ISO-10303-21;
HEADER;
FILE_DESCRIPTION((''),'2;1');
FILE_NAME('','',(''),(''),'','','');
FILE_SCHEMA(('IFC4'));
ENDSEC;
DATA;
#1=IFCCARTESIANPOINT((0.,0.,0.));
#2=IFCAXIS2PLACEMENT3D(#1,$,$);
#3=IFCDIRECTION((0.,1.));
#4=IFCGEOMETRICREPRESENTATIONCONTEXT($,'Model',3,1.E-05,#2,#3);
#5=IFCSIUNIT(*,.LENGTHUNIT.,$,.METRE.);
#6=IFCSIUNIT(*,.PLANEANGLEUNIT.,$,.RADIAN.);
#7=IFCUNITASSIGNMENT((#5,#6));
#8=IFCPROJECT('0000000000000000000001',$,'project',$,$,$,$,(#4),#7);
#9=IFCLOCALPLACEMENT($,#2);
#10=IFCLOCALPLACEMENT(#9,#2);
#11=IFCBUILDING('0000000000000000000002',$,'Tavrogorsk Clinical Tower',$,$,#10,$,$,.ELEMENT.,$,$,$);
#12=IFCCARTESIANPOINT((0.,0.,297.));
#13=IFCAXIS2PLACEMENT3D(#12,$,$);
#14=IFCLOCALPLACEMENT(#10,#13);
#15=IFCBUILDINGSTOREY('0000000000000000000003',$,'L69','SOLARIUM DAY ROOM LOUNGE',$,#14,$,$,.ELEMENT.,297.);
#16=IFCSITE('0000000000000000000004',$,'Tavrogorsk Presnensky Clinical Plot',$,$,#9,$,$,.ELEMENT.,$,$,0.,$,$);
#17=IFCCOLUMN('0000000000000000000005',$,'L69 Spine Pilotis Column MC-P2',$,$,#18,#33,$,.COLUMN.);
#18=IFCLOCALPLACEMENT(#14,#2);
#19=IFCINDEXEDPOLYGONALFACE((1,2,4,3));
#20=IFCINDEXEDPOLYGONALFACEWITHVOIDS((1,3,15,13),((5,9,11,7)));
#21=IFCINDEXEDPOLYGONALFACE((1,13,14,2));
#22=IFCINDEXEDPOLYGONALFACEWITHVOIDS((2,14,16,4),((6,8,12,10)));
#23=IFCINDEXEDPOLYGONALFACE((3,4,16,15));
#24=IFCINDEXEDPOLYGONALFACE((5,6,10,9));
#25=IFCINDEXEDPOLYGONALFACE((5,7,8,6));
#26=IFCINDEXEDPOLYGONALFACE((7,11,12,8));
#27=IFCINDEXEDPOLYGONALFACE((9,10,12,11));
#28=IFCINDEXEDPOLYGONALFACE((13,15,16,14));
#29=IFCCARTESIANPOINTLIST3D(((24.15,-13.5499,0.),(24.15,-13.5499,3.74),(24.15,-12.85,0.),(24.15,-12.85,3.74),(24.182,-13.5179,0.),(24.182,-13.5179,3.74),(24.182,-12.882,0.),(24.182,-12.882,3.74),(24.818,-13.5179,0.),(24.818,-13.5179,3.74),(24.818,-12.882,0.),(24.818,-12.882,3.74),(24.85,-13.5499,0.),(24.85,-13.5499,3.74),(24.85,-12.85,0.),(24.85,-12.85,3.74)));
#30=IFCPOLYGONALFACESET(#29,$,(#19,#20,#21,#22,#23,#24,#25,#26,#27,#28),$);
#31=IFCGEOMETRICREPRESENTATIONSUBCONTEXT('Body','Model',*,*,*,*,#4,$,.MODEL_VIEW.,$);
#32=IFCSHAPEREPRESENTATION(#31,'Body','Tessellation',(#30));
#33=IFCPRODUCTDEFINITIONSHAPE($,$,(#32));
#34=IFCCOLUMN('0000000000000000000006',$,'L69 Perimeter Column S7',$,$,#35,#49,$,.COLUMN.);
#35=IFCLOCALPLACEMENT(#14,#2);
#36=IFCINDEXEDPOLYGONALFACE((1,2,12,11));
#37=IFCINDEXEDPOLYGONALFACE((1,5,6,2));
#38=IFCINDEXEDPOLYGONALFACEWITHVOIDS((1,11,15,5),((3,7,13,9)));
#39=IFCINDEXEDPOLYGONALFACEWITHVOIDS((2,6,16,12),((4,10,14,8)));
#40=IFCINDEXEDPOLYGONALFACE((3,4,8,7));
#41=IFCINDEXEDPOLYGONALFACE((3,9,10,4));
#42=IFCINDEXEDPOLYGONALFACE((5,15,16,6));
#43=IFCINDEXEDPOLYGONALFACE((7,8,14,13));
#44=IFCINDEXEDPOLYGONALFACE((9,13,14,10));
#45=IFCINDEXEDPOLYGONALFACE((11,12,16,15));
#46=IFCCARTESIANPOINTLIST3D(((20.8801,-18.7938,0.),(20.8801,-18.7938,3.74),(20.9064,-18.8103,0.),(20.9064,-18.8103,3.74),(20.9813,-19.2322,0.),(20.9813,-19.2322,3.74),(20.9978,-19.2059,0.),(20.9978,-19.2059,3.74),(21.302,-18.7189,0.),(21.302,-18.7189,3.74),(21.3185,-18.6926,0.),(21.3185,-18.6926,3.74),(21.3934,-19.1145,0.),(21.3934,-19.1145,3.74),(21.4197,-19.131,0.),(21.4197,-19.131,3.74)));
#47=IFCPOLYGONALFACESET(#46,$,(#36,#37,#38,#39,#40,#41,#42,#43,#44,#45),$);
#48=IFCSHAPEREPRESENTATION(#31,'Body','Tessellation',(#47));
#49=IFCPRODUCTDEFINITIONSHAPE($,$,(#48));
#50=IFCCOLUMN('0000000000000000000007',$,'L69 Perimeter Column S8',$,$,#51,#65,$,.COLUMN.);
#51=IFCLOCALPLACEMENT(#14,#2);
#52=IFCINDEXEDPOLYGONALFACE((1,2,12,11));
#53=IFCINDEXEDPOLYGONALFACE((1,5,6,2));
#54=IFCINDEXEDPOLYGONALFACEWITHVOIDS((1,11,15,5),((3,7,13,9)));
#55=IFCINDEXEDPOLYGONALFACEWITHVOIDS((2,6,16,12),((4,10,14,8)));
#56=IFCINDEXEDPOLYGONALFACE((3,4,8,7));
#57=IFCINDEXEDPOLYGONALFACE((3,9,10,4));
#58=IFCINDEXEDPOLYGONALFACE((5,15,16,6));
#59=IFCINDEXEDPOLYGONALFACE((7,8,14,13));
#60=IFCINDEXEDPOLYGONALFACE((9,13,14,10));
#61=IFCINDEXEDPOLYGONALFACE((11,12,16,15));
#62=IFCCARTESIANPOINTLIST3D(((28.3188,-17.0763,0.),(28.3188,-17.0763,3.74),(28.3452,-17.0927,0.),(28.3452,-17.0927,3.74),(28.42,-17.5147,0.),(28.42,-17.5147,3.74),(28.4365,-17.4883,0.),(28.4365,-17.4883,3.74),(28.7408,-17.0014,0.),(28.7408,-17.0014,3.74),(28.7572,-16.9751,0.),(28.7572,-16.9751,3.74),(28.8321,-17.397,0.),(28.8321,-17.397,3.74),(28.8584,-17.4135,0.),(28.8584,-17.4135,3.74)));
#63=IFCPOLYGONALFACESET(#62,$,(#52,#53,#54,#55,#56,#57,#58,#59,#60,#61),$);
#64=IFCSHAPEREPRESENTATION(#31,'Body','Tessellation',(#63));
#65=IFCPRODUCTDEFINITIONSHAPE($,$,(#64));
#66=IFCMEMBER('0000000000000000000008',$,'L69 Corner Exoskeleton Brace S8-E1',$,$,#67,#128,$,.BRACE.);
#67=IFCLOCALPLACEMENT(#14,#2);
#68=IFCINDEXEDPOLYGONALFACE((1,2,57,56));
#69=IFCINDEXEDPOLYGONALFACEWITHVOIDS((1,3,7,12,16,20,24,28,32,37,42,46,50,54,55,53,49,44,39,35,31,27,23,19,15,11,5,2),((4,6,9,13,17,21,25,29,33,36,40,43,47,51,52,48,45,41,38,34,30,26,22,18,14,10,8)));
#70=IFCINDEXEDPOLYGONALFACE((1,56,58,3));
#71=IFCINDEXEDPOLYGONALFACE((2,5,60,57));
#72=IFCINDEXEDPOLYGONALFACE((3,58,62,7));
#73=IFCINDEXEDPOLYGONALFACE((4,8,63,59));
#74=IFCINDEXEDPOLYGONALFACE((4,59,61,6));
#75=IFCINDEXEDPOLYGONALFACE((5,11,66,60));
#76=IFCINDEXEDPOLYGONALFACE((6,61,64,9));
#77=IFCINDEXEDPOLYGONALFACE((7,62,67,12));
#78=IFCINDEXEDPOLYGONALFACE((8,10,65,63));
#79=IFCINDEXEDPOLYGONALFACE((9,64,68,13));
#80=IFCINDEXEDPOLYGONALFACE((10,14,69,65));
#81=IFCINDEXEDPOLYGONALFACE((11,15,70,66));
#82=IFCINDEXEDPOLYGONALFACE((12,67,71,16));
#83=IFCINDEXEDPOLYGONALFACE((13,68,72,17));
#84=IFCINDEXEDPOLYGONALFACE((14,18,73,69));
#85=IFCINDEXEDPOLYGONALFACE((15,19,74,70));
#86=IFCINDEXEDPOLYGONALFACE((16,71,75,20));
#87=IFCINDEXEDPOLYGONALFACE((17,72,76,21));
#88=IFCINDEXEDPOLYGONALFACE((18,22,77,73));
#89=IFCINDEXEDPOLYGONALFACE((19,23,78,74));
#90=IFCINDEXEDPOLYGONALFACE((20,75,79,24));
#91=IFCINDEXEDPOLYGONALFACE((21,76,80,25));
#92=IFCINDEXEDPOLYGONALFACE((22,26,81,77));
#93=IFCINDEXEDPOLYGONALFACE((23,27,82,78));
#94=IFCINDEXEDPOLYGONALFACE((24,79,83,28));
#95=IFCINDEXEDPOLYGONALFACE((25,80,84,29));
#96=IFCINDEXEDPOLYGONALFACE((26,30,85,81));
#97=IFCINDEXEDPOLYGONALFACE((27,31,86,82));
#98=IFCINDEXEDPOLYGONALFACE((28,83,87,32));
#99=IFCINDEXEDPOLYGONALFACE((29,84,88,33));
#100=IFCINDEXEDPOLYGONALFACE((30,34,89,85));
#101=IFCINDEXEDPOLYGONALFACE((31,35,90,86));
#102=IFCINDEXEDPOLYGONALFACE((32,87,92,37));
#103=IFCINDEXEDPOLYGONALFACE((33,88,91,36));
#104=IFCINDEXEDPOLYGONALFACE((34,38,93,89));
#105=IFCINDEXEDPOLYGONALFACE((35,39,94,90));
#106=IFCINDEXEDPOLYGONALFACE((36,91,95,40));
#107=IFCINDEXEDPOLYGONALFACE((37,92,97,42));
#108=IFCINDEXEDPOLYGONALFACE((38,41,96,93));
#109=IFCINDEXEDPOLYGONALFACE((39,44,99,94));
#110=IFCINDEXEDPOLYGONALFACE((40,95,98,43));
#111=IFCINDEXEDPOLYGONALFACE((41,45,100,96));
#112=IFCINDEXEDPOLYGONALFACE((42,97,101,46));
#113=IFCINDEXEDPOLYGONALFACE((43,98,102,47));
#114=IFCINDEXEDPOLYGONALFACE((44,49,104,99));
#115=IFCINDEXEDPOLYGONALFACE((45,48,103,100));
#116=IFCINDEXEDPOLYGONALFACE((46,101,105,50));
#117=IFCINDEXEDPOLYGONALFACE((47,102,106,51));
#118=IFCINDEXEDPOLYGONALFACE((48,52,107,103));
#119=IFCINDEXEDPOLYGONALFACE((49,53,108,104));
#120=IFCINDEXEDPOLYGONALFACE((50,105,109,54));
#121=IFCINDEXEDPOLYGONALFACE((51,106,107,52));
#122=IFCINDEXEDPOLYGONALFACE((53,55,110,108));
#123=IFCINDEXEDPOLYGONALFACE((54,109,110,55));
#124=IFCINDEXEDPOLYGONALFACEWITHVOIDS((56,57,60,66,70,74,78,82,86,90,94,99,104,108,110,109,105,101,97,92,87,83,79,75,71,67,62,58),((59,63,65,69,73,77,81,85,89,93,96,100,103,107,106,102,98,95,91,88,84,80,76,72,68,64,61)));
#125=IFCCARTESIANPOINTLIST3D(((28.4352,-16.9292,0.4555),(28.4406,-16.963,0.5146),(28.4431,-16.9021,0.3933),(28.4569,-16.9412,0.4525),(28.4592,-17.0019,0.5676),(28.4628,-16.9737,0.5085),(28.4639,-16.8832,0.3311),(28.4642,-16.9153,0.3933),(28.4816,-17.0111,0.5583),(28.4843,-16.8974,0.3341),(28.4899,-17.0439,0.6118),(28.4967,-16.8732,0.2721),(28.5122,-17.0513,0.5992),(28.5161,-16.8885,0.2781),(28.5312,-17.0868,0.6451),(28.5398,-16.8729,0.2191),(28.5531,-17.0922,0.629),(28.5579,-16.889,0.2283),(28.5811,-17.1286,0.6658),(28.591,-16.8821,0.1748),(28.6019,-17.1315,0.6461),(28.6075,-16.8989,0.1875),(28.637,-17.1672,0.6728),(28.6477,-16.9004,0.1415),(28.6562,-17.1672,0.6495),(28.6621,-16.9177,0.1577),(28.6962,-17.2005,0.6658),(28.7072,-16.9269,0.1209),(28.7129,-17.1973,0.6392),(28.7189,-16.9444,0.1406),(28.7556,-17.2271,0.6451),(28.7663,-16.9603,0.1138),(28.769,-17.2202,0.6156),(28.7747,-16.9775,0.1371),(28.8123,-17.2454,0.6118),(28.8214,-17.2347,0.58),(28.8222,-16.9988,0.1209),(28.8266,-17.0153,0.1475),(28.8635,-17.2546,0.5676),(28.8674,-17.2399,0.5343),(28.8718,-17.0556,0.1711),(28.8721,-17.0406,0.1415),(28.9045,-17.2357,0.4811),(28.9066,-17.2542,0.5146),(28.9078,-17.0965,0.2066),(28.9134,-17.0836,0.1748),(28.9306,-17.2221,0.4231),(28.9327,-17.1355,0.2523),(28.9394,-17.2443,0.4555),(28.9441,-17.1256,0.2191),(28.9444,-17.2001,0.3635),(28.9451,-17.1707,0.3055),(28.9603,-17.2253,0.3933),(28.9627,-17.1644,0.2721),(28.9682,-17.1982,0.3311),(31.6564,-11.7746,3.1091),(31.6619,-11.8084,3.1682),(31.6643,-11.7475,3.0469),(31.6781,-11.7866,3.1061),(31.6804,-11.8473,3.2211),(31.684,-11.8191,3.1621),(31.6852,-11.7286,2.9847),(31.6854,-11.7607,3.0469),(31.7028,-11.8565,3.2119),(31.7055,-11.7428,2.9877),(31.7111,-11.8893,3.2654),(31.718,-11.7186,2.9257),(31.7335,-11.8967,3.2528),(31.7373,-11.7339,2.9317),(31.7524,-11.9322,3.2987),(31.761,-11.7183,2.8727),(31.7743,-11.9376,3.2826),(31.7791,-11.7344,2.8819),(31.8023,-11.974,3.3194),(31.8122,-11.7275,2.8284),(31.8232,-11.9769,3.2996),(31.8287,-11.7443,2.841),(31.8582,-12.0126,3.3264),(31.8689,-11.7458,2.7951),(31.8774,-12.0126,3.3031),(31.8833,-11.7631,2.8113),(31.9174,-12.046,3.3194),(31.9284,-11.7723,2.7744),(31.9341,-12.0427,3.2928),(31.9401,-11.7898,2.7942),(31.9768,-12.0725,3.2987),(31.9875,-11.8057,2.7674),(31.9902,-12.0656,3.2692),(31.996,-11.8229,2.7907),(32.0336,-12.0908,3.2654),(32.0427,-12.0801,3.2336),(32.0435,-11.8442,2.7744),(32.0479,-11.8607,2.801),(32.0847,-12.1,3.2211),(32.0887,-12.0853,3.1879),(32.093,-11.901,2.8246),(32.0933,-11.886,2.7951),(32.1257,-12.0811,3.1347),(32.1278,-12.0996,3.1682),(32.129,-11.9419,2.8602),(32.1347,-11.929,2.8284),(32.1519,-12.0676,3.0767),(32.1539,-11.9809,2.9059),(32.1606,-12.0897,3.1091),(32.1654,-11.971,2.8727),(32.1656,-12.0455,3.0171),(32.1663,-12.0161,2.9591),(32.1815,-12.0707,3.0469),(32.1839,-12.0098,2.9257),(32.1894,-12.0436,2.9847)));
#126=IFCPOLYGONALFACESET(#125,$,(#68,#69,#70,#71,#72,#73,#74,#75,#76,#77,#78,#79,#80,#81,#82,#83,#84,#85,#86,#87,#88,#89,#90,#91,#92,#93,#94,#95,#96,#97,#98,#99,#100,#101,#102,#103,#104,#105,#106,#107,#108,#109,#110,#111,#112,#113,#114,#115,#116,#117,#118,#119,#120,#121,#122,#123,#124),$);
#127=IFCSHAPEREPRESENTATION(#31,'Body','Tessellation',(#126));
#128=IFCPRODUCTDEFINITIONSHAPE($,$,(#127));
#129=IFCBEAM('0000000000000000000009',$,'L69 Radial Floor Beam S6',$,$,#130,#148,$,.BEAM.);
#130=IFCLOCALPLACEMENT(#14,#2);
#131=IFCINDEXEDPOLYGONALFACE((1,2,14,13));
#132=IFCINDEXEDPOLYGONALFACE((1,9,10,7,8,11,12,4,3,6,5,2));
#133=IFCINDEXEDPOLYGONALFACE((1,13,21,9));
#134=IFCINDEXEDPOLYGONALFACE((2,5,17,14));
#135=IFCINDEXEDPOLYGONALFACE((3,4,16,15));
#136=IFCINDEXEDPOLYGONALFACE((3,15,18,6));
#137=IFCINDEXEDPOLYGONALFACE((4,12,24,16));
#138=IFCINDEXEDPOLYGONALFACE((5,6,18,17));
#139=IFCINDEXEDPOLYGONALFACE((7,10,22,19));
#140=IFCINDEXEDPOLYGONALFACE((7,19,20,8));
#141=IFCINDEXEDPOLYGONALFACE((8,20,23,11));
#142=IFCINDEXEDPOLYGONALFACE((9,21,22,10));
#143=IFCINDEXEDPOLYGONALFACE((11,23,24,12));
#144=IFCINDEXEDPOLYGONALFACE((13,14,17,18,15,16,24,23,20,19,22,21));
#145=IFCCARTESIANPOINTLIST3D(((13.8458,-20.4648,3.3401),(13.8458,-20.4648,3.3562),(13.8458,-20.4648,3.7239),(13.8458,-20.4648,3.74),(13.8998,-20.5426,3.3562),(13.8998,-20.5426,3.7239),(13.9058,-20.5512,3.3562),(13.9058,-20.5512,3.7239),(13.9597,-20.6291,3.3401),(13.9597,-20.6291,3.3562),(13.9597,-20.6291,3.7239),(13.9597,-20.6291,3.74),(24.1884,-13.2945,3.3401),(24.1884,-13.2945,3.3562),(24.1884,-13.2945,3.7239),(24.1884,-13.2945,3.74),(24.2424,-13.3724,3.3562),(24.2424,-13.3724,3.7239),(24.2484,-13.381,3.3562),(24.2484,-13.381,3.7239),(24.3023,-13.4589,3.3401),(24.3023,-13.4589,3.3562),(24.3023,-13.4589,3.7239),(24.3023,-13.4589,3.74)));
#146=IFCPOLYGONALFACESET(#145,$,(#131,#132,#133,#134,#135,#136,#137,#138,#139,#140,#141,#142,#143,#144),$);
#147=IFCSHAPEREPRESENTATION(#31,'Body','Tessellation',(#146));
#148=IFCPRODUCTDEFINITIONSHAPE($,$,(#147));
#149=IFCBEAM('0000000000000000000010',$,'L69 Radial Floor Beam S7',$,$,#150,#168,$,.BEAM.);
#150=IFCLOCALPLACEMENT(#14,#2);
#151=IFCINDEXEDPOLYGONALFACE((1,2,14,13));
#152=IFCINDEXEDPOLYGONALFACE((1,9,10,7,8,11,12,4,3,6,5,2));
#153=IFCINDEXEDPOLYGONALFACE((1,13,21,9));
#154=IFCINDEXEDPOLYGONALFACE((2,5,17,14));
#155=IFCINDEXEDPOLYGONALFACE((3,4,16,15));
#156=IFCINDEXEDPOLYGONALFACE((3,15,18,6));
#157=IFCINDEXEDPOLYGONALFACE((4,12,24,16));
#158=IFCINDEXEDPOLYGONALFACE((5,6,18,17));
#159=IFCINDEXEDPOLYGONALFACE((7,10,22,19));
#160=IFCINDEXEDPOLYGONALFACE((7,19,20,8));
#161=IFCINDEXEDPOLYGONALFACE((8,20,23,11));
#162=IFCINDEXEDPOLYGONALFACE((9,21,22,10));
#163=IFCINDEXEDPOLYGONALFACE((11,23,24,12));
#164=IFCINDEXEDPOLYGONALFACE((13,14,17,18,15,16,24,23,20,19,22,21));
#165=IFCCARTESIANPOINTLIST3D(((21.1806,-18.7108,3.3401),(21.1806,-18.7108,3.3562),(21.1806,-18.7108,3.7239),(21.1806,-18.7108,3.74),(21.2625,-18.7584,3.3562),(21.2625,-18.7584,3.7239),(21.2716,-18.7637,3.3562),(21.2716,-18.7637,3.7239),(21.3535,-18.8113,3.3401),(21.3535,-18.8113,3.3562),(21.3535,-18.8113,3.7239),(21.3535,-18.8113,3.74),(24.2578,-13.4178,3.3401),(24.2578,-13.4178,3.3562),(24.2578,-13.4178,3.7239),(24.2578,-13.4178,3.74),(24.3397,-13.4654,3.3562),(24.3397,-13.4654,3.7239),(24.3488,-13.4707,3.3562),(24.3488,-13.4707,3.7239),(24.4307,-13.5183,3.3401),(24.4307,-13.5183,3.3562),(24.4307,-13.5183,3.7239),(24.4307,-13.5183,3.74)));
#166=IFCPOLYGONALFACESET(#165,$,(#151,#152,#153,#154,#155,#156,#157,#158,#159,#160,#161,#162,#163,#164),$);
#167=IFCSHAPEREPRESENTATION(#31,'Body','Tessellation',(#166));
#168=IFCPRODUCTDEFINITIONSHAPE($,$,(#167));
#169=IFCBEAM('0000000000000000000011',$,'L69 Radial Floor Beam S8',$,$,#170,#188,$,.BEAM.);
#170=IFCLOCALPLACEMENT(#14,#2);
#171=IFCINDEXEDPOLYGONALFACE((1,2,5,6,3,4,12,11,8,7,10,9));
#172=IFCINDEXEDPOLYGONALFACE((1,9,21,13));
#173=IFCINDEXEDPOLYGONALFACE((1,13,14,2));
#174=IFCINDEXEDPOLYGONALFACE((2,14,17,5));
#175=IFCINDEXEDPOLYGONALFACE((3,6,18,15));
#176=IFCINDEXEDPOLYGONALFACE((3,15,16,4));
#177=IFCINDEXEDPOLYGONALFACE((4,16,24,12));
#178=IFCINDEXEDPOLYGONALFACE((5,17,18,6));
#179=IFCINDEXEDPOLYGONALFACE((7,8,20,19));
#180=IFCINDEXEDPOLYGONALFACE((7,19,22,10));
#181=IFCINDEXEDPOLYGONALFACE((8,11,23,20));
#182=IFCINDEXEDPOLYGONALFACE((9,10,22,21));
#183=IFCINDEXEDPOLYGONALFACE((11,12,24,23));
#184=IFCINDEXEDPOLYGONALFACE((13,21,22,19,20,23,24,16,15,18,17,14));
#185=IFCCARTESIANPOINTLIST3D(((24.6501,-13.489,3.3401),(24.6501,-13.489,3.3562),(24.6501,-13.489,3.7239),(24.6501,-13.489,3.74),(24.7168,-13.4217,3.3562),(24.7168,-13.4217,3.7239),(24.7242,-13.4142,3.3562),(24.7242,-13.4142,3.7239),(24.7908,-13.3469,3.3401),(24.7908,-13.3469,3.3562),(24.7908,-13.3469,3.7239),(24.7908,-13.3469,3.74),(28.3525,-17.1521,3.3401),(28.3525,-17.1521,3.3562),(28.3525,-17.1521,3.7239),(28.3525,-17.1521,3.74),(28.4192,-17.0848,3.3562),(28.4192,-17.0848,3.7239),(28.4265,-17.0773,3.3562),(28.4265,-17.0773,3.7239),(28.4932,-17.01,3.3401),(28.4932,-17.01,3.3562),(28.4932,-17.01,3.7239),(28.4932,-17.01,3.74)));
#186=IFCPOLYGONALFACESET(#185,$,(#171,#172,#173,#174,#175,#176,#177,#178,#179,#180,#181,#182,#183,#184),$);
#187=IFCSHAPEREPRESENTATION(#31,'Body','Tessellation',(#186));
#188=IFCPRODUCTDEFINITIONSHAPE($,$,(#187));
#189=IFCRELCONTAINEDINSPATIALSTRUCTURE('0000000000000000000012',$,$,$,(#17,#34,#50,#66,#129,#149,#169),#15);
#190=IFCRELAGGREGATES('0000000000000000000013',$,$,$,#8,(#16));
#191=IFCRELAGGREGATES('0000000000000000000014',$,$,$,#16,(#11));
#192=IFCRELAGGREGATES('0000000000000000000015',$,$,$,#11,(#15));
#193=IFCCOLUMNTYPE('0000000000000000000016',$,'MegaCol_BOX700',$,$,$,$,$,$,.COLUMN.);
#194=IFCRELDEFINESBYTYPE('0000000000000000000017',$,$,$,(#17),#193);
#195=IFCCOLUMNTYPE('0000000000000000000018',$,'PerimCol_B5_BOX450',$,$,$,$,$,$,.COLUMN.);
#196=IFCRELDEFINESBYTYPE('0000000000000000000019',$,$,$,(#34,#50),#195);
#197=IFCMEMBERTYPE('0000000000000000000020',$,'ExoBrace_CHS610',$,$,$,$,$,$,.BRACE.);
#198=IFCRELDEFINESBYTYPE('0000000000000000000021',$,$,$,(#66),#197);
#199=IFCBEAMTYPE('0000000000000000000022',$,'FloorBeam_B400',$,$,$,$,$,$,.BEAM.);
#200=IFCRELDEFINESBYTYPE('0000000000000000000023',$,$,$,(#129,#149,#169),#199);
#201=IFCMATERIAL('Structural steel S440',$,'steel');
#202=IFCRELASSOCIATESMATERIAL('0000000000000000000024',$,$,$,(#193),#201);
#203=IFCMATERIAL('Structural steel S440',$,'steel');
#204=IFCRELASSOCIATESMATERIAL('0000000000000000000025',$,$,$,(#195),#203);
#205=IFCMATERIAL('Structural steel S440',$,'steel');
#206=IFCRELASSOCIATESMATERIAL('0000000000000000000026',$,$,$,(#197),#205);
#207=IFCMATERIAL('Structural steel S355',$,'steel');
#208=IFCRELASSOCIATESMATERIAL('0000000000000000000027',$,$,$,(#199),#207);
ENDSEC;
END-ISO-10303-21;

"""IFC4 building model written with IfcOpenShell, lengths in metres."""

from ifc_helpers import new_model, si_unit, direction, frame, origin, origin_2d, place, context, subcontext, project, spatial, hollow_rectangle, hollow_circle, i_section, extrude, material, material_profile, profile_set, type_object, element, save


model = new_model("IFC4")

# Units and contexts
model_context = context("Model", 3, precision=1e-05, world=origin(), true_north=direction((0.0, 1.0)))
body_context = subcontext(model_context, "Body", "Model", "MODEL_VIEW")
ifc_project = project(units=[si_unit("LENGTHUNIT", "METRE"), si_unit("PLANEANGLEUNIT", "RADIAN")], contexts=[model_context])

# Site, building, storey
site_placement = place(None, origin())
site = spatial("IfcSite", under=ifc_project, at=site_placement, Name="Tavrogorsk Presnensky Clinical Plot", CompositionType="ELEMENT", RefElevation=0.0)
building_placement = place(site_placement, origin())
building = spatial("IfcBuilding", under=site, at=building_placement, Name="Tavrogorsk Clinical Tower", CompositionType="ELEMENT")
storey_placement = place(building_placement, frame((0.0, 0.0, 297.0)))
storey = spatial("IfcBuildingStorey", under=building, at=storey_placement, Name="L69", Description="SOLARIUM DAY ROOM LOUNGE", CompositionType="ELEMENT", Elevation=297.0)

# Columns
ifc_material_1 = material(Name="Structural steel S440", Category="steel")
ifc_material_profile_1 = material_profile(ifc_material_1, hollow_rectangle(XDim=0.7, YDim=0.7, WallThickness=0.032, at=origin_2d()), Name="BOX-700x700x32")
ifc_profile_set_1 = profile_set([ifc_material_profile_1], Name="Structural steel S440")
column_type_1 = type_object("IfcColumnType", Name="MegaCol_BOX700", PredefinedType="COLUMN", material=ifc_profile_set_1)
column_placement = place(storey_placement, frame((24.5, -13.2, 0.0), z_axis=(0.0, 0.0, 1.0), x_axis=(1.0, 0.0, 0.0)))
element("IfcColumn", 1, at=column_placement, inside=storey, type_object=column_type_1, Name="L69 Spine Pilotis Column MC-P2", PredefinedType="COLUMN", context=body_context, shape_type="SweptSolid", body=[
    extrude(hollow_rectangle(XDim=0.7, YDim=0.7, WallThickness=0.032, at=origin_2d()), origin(), (0.0, 0.0, 1.0), 3.74),
])
ifc_material_2 = material(Name="Structural steel S440", Category="steel")
ifc_material_profile_2 = material_profile(ifc_material_2, hollow_rectangle(XDim=0.45, YDim=0.45, WallThickness=0.022, at=origin_2d()), Name="BOX-450x450x22")
ifc_profile_set_2 = profile_set([ifc_material_profile_2], Name="Structural steel S440")
column_type_2 = type_object("IfcColumnType", Name="PerimCol_B5_BOX450", PredefinedType="COLUMN", material=ifc_profile_set_2)
for number, where, z_axis, x_axis, name in (
    (2, (21.1499, -18.9624, 0.0), (0.0, 0.0, 1.0), (0.97437, 0.224951, 0.0), "L69 Perimeter Column S7"),
    (3, (28.5886, -17.2449, 0.0), (0.0, 0.0, 1.0), (0.97437, 0.224951, 0.0), "L69 Perimeter Column S8"),
):
    element("IfcColumn", number, at=place(storey_placement, frame(where, z_axis=z_axis, x_axis=x_axis)), inside=storey, type_object=column_type_2, Name=name, PredefinedType="COLUMN", context=body_context, shape_type="SweptSolid", body=[
        extrude(hollow_rectangle(XDim=0.45, YDim=0.45, WallThickness=0.022, at=origin_2d()), origin(), (0.0, 0.0, 1.0), 3.74),
    ])

# Member
ifc_material_3 = material(Name="Structural steel S440", Category="steel")
ifc_material_profile_3 = material_profile(ifc_material_3, hollow_circle(Radius=0.3049, WallThickness=0.0249, at=origin_2d()), Name="CHS-610x25")
ifc_profile_set_3 = profile_set([ifc_material_profile_3], Name="Structural steel S440")
member_type = type_object("IfcMemberType", Name="ExoBrace_CHS610", PredefinedType="BRACE", material=ifc_profile_set_3)
member_placement = place(storey_placement, frame((28.7017, -17.0637, 0.3933), z_axis=(0.485686, 0.777193, 0.4001), x_axis=(-0.848028, 0.529952, 0.0)))
element("IfcMember", 4, at=member_placement, inside=storey, type_object=member_type, Name="L69 Corner Exoskeleton Brace S8-E1", PredefinedType="BRACE", context=body_context, shape_type="SweptSolid", body=[
    extrude(hollow_circle(Radius=0.3049, WallThickness=0.0249, at=origin_2d()), origin(), (0.0, 0.0, 1.0), 6.6323),
])

# Beams
ifc_material_4 = material(Name="Structural steel S355", Category="steel")
ifc_material_profile_4 = material_profile(ifc_material_4, i_section(OverallWidth=0.2, OverallDepth=0.3999, WebThickness=0.0105, FlangeThickness=0.0161, at=origin_2d()), Name="B-400x200x10.5x16")
ifc_profile_set_4 = profile_set([ifc_material_profile_4], Name="Structural steel S355")
beam_type_1 = type_object("IfcBeamType", Name="FloorBeam_B400", PredefinedType="BEAM", material=ifc_profile_set_4)
beam_1_placement = place(storey_placement, frame((24.2454, -13.3767, 3.54), z_axis=(-0.821822, -0.569745, 0.0), x_axis=(0.569745, -0.821822, 0.0)))
element("IfcBeam", 5, at=beam_1_placement, inside=storey, type_object=beam_type_1, Name="L69 Radial Floor Beam S6", PredefinedType="BEAM", context=body_context, shape_type="SweptSolid", body=[
    extrude(i_section(OverallWidth=0.2, OverallDepth=0.3999, WebThickness=0.0105, FlangeThickness=0.0161, at=origin_2d()), origin(), (0.0, 0.0, 1.0), 12.585),
])
beam_2_placement = place(storey_placement, frame((24.3442, -13.468, 3.54), z_axis=(-0.502601, -0.864518, 0.0), x_axis=(0.864518, -0.502601, 0.0)))
element("IfcBeam", 6, at=beam_2_placement, inside=storey, type_object=beam_type_1, Name="L69 Radial Floor Beam S7", PredefinedType="BEAM", context=body_context, shape_type="SweptSolid", body=[
    extrude(i_section(OverallWidth=0.2, OverallDepth=0.3999, WebThickness=0.0105, FlangeThickness=0.0161, at=origin_2d()), origin(), (0.0, 0.0, 1.0), 6.1226),
])
beam_3_placement = place(storey_placement, frame((24.7205, -13.418, 3.54), z_axis=(0.71087, -0.703323, 0.0), x_axis=(0.703323, 0.71087, 0.0)))
element("IfcBeam", 7, at=beam_3_placement, inside=storey, type_object=beam_type_1, Name="L69 Radial Floor Beam S8", PredefinedType="BEAM", context=body_context, shape_type="SweptSolid", body=[
    extrude(i_section(OverallWidth=0.2, OverallDepth=0.3999, WebThickness=0.0105, FlangeThickness=0.0161, at=origin_2d()), origin(), (0.0, 0.0, 1.0), 5.2083),
])

save(model, "model.ifc")
